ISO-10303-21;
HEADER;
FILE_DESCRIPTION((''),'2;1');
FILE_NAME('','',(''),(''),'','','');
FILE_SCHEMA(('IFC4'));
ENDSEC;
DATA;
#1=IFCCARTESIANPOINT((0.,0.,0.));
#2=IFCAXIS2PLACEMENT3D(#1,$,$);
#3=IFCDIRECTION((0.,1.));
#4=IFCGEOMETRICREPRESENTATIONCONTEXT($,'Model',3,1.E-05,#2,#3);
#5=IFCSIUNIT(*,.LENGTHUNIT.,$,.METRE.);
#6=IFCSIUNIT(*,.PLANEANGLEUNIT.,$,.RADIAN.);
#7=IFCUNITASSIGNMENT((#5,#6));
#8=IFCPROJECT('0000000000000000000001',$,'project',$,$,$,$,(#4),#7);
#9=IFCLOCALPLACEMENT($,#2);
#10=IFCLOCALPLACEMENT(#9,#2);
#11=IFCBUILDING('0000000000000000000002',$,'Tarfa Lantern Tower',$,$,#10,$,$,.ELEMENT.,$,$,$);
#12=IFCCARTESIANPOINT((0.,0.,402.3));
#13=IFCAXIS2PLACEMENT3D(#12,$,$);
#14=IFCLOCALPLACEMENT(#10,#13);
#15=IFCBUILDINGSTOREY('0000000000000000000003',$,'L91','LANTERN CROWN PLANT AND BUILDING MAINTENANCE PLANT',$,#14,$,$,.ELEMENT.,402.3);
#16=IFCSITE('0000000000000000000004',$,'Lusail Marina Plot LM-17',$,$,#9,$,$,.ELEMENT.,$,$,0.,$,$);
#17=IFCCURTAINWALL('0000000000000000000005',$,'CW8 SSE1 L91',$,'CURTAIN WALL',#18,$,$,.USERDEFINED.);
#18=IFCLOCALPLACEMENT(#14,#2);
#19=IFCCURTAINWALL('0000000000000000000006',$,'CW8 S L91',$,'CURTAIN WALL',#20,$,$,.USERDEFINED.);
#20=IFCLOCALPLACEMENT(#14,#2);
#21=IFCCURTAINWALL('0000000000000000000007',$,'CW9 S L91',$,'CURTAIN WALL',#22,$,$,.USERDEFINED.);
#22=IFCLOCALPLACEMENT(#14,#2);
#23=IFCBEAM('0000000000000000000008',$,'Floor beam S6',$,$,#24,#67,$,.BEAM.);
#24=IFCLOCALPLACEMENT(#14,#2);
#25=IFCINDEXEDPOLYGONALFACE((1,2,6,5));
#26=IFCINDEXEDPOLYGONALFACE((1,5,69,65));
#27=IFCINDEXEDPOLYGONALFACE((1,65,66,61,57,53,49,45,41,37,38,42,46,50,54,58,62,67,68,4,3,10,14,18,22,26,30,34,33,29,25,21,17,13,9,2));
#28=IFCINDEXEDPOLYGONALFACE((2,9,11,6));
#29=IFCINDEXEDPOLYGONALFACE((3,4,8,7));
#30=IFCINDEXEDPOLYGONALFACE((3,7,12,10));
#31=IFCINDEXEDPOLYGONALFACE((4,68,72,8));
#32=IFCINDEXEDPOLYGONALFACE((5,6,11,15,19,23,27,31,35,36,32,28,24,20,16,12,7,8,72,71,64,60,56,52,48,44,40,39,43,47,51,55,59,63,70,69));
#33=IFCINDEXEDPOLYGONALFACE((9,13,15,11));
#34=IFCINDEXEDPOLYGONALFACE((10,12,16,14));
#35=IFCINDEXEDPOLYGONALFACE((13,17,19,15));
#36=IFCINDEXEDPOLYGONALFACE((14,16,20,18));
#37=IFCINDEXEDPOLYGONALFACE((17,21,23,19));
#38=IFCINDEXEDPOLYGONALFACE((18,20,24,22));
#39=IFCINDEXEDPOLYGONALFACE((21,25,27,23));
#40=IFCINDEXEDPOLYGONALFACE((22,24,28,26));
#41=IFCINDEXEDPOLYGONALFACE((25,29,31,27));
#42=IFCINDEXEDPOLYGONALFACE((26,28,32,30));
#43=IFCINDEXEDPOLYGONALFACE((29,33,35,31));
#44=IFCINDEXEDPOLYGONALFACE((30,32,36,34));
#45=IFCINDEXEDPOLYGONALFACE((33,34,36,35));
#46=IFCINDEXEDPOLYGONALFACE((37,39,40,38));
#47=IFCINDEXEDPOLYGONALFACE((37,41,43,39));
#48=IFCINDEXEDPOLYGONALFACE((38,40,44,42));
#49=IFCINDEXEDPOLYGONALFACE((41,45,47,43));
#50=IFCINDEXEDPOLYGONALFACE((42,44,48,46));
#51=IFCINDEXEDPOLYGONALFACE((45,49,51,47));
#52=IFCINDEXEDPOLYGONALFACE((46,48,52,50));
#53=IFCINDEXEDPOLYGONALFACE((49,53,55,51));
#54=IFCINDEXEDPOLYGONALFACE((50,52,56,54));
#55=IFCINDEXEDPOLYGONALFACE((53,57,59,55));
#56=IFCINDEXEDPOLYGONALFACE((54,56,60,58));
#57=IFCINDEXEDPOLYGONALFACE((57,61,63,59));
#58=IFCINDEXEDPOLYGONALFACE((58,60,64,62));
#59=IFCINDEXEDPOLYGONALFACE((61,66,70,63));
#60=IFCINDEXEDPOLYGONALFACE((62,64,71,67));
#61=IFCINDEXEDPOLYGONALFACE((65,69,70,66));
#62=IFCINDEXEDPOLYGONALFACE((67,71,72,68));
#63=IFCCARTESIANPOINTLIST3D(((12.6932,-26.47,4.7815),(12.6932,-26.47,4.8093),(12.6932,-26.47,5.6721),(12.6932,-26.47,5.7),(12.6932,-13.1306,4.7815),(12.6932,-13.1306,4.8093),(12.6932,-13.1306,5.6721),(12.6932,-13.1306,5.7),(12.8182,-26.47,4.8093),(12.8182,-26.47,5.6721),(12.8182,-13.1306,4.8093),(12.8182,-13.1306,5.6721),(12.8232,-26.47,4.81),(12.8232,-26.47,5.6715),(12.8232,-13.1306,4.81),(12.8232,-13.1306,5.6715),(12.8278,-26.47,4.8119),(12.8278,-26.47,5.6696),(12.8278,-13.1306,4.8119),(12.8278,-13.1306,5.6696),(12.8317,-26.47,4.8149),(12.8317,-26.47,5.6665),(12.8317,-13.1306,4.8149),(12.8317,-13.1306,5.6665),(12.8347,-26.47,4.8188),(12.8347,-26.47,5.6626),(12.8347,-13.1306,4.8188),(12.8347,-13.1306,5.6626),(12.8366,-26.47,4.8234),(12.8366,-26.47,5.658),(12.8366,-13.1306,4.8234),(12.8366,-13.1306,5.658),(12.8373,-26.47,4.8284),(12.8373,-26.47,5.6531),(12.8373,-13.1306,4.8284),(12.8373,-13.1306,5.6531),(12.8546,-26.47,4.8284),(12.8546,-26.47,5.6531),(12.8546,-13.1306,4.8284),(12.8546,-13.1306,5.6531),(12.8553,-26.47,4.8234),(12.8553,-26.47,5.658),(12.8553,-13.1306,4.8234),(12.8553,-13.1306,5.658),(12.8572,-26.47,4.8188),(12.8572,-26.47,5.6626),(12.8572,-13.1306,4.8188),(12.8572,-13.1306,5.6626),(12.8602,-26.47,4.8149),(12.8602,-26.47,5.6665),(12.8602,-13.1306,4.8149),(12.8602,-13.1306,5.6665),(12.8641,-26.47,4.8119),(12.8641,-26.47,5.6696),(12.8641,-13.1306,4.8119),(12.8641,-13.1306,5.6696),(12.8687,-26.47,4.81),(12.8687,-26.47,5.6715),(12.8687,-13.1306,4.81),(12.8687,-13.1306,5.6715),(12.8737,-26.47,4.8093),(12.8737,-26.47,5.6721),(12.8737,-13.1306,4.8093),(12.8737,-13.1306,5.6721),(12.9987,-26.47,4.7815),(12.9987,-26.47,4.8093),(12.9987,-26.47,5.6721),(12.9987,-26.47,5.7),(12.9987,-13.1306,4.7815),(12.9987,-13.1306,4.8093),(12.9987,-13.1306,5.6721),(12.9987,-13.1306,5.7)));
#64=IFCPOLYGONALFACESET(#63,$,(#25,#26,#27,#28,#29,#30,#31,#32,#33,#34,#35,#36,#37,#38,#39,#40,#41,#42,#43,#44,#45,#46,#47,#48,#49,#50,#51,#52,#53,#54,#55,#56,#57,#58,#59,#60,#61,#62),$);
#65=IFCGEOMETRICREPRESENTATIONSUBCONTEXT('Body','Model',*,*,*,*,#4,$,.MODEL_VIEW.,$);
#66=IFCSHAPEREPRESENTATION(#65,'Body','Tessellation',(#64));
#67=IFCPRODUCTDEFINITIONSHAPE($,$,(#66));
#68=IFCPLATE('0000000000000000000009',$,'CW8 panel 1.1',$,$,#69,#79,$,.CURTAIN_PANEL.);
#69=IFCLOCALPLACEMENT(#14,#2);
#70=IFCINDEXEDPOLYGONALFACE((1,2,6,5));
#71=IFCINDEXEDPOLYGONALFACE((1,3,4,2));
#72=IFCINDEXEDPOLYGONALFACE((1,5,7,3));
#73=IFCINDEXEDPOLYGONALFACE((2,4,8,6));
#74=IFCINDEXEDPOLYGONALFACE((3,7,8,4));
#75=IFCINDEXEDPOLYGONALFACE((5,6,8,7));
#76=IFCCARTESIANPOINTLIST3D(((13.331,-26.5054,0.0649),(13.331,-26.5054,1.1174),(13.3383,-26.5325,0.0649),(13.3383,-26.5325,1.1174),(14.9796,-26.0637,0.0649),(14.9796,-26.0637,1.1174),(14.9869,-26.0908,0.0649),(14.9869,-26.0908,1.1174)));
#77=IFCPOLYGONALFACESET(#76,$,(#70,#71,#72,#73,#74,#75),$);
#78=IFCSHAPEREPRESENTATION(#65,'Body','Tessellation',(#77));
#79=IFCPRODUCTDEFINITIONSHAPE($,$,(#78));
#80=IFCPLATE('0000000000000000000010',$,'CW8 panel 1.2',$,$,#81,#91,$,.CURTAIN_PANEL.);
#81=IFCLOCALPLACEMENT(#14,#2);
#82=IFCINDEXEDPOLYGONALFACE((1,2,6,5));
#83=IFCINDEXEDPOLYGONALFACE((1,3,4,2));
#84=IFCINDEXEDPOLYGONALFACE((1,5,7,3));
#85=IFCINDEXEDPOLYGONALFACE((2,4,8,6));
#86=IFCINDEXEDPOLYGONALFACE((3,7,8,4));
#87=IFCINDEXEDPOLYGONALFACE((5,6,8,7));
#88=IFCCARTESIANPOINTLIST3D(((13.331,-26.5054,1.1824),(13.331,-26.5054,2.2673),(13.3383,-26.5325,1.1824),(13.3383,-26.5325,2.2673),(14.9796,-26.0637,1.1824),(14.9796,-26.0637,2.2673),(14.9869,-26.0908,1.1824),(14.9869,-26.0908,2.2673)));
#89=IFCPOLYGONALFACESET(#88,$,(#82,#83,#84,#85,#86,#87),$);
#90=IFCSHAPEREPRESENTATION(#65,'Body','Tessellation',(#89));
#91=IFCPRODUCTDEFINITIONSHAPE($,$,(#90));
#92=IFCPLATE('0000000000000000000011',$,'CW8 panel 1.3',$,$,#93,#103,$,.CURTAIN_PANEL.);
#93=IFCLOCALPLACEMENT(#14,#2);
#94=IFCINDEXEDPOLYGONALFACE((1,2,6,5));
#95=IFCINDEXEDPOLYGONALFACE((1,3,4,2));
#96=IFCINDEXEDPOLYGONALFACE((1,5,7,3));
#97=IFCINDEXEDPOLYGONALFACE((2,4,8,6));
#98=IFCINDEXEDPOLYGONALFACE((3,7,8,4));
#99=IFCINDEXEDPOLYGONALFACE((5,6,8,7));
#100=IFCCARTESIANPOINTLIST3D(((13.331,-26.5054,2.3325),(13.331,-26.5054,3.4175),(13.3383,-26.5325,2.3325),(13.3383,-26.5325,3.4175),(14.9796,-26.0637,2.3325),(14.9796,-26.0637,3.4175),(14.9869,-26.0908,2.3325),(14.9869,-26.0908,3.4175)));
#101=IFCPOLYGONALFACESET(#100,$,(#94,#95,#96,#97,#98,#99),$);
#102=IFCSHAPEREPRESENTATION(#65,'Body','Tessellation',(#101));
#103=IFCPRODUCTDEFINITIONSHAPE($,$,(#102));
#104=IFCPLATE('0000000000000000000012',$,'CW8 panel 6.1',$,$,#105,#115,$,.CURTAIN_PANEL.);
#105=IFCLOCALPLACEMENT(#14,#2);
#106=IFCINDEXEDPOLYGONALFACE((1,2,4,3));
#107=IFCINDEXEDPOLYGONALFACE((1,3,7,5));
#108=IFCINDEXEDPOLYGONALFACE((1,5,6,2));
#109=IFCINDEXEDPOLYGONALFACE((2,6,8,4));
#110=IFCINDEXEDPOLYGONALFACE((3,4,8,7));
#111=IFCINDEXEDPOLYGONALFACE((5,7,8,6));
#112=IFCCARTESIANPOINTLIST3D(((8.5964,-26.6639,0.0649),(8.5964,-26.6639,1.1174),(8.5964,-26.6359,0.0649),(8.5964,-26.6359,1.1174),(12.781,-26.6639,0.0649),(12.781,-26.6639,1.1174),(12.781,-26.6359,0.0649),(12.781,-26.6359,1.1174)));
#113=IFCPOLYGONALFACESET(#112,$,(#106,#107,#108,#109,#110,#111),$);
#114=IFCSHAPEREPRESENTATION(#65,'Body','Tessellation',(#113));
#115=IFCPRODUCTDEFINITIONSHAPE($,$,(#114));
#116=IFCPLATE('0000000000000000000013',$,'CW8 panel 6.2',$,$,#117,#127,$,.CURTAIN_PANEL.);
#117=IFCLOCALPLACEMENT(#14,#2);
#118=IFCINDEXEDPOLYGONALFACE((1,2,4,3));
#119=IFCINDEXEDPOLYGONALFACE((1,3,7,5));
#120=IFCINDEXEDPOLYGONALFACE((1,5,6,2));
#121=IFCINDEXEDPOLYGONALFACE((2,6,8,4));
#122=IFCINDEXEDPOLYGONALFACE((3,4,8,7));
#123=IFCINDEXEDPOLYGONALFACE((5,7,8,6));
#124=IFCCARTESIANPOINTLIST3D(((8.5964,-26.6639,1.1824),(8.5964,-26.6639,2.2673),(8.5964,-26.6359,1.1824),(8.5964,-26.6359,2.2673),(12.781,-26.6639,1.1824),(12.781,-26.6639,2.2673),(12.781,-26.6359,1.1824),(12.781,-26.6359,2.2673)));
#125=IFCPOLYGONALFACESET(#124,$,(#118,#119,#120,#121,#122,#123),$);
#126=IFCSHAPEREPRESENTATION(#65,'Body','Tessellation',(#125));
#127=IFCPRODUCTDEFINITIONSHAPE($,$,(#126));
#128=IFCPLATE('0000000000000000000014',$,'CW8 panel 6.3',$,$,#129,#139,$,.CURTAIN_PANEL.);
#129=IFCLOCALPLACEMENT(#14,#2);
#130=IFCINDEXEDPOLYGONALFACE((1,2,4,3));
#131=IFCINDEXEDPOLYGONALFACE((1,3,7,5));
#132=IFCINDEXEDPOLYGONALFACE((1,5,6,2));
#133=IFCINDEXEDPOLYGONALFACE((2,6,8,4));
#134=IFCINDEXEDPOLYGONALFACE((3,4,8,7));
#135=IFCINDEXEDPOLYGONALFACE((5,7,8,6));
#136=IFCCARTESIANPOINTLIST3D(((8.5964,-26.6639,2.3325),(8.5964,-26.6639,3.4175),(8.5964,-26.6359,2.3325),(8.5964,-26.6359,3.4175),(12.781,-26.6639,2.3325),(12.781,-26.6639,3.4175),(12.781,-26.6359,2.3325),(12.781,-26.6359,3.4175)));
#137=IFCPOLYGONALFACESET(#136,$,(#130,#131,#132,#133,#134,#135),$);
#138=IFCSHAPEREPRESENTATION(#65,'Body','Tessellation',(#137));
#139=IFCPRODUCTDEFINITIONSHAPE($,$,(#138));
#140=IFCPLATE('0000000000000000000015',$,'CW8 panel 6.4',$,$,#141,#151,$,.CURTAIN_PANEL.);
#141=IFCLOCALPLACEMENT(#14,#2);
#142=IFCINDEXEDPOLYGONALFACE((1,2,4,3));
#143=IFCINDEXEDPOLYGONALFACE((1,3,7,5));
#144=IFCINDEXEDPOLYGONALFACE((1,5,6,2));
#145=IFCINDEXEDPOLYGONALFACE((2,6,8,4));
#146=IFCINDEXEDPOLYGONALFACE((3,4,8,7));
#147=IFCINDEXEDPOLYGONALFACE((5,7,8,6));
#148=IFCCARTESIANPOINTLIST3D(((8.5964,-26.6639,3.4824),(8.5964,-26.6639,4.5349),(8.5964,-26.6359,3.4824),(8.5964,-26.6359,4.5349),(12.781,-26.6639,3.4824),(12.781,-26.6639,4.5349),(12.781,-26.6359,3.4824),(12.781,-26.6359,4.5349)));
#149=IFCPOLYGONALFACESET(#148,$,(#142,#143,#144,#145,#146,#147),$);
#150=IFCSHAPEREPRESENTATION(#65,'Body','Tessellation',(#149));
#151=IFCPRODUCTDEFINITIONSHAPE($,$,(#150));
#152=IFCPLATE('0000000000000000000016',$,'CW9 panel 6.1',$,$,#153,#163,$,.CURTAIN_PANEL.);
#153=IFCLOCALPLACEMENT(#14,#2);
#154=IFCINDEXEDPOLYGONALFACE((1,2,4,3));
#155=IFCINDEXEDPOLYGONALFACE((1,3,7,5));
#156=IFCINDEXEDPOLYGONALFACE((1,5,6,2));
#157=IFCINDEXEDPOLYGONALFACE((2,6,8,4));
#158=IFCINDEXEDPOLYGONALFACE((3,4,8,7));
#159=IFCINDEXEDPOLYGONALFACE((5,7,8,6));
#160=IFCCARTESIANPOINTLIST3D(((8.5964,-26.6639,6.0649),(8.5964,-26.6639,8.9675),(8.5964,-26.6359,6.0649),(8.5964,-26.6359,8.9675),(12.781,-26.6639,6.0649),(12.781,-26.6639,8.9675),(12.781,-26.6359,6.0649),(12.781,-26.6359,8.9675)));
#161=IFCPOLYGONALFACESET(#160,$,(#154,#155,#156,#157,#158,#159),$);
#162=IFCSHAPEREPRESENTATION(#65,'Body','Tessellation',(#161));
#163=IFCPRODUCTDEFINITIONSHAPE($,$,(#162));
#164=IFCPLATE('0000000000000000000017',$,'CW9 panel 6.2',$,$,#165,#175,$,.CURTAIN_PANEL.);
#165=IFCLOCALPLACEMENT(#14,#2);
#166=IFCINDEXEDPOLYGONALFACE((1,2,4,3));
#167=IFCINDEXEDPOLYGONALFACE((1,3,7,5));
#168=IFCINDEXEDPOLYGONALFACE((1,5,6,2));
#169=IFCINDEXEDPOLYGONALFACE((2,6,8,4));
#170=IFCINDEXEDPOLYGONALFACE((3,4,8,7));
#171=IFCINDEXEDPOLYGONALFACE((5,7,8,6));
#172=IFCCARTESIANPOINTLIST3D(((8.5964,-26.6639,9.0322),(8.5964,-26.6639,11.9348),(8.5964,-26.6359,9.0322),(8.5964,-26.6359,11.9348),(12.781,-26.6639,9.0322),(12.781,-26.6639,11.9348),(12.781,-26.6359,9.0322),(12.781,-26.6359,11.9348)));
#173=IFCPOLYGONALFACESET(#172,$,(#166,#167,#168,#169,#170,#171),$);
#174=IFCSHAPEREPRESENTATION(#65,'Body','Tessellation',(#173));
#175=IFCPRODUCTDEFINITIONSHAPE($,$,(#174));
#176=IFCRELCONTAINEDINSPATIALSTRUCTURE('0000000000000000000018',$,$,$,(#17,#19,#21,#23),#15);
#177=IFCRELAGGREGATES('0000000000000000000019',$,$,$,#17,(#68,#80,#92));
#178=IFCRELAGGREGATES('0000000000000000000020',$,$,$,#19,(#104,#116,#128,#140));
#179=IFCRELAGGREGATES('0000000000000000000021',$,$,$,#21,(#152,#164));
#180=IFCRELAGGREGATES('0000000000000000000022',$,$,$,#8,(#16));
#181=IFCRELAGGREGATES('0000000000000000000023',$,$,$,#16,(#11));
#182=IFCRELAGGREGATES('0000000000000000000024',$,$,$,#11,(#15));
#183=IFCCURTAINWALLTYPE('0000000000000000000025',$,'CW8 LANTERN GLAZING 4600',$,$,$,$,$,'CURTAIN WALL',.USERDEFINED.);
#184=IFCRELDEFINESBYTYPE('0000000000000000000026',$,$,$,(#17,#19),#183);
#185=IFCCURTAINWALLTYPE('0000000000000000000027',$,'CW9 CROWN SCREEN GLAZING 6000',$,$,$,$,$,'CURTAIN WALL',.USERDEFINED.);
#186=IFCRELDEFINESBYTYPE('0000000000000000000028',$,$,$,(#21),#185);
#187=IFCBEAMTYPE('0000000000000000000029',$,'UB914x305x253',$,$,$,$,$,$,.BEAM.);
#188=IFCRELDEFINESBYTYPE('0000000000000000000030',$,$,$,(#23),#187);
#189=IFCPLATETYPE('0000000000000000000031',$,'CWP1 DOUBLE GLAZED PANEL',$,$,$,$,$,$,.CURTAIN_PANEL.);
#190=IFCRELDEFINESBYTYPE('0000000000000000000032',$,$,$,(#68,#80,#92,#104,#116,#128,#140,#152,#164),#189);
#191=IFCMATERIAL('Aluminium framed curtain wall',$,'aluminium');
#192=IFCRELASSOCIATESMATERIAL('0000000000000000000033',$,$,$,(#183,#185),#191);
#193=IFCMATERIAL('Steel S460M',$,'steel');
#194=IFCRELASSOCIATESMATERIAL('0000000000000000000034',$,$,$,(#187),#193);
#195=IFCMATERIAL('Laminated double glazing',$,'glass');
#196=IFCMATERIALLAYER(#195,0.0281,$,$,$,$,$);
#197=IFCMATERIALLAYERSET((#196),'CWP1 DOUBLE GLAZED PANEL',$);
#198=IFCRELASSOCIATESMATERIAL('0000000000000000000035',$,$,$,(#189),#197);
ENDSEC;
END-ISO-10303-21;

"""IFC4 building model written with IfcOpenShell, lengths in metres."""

from ifc_helpers import new_model, si_unit, direction, frame, origin, origin_2d, place, context, subcontext, project, spatial, rectangle, i_section, extrude, material, layer, layer_set, material_profile, profile_set, type_object, element, aggregate, save


model = new_model("IFC4")

# Units and contexts
model_context = context("Model", 3, precision=1e-05, world=origin(), true_north=direction((0.0, 1.0)))
body_context = subcontext(model_context, "Body", "Model", "MODEL_VIEW")
ifc_project = project(units=[si_unit("LENGTHUNIT", "METRE"), si_unit("PLANEANGLEUNIT", "RADIAN")], contexts=[model_context])

# Site, building, storey
site_placement = place(None, origin())
site = spatial("IfcSite", under=ifc_project, at=site_placement, Name="Lusail Marina Plot LM-17", CompositionType="ELEMENT", RefElevation=0.0)
building_placement = place(site_placement, origin())
building = spatial("IfcBuilding", under=site, at=building_placement, Name="Tarfa Lantern Tower", CompositionType="ELEMENT")
storey_placement = place(building_placement, frame((0.0, 0.0, 402.3)))
storey = spatial("IfcBuildingStorey", under=building, at=storey_placement, Name="L91", Description="LANTERN CROWN PLANT AND BUILDING MAINTENANCE PLANT", CompositionType="ELEMENT", Elevation=402.3)

# Curtain walls
ifc_material_1 = material(Name="Aluminium framed curtain wall", Category="aluminium")
curtain_wall_type_1 = type_object("IfcCurtainWallType", Name="CW8 LANTERN GLAZING 4600", ElementType="CURTAIN WALL", PredefinedType="USERDEFINED", material=ifc_material_1)
curtain_wall_1_placement = place(storey_placement, origin())
curtain_wall_1 = element("IfcCurtainWall", 1, at=curtain_wall_1_placement, inside=storey, type_object=curtain_wall_type_1, Name="CW8 SSE1 L91", ObjectType="CURTAIN WALL", PredefinedType="USERDEFINED")
curtain_wall_2_placement = place(storey_placement, origin())
curtain_wall_2 = element("IfcCurtainWall", 2, at=curtain_wall_2_placement, inside=storey, type_object=curtain_wall_type_1, Name="CW8 S L91", ObjectType="CURTAIN WALL", PredefinedType="USERDEFINED")
curtain_wall_type_2 = type_object("IfcCurtainWallType", Name="CW9 CROWN SCREEN GLAZING 6000", ElementType="CURTAIN WALL", PredefinedType="USERDEFINED", material=ifc_material_1)
curtain_wall_3_placement = place(storey_placement, origin())
curtain_wall_3 = element("IfcCurtainWall", 3, at=curtain_wall_3_placement, inside=storey, type_object=curtain_wall_type_2, Name="CW9 S L91", ObjectType="CURTAIN WALL", PredefinedType="USERDEFINED")

# Beam
ifc_material_2 = material(Name="Steel S460M", Category="steel")
ifc_material_profile_1 = material_profile(ifc_material_2, i_section(OverallWidth=0.3054, OverallDepth=0.9185, WebThickness=0.0173, FlangeThickness=0.0278, FilletRadius=0.019, at=origin_2d()), Name="UB914x305x253")
ifc_profile_set_1 = profile_set([ifc_material_profile_1], Name="Steel S460M")
beam_type_1 = type_object("IfcBeamType", Name="UB914x305x253", PredefinedType="BEAM", material=ifc_profile_set_1)
beam_1_placement = place(storey_placement, frame((12.8459, -26.47, 5.2407), z_axis=(0.0, 1.0, 0.0), x_axis=(-1.0, 0.0, 0.0)))
element("IfcBeam", 4, at=beam_1_placement, inside=storey, type_object=beam_type_1, Name="Floor beam S6", PredefinedType="BEAM", context=body_context, shape_type="SweptSolid", body=[
    extrude(i_section(OverallWidth=0.3054, OverallDepth=0.9185, WebThickness=0.0173, FlangeThickness=0.0278, FilletRadius=0.019, at=origin_2d()), origin(), (0.0, 0.0, 1.0), 13.3394),
])

# Plates
ifc_material_3 = material(Name="Laminated double glazing", Category="glass")
ifc_layer = layer(ifc_material_3, 0.0281)
ifc_layer_set = layer_set([ifc_layer], Name="CWP1 DOUBLE GLAZED PANEL")
plate_type = type_object("IfcPlateType", Name="CWP1 DOUBLE GLAZED PANEL", PredefinedType="CURTAIN_PANEL", material=ifc_layer_set)
plate_1_placement = place(storey_placement, frame((14.1589, -26.2981, 0.0649), z_axis=(0.0, 0.0, 1.0), x_axis=(0.965926, 0.258819, 0.0)))
plate_1 = element("IfcPlate", 5, at=plate_1_placement, type_object=plate_type, Name="CW8 panel 1.1", PredefinedType="CURTAIN_PANEL", context=body_context, shape_type="SweptSolid", body=[
    extrude(rectangle(XDim=1.7068, YDim=0.0281, at=origin_2d()), origin(), (0.0, 0.0, 1.0), 1.0525),
])
plate_2_placement = place(storey_placement, frame((14.1589, -26.2981, 1.1824), z_axis=(0.0, 0.0, 1.0), x_axis=(0.965926, 0.258819, 0.0)))
plate_2 = element("IfcPlate", 6, at=plate_2_placement, type_object=plate_type, Name="CW8 panel 1.2", PredefinedType="CURTAIN_PANEL", context=body_context, shape_type="SweptSolid", body=[
    extrude(rectangle(XDim=1.7068, YDim=0.0281, at=origin_2d()), origin(), (0.0, 0.0, 1.0), 1.085),
])
plate_3_placement = place(storey_placement, frame((14.1589, -26.2981, 2.3325), z_axis=(0.0, 0.0, 1.0), x_axis=(0.965926, 0.258819, 0.0)))
plate_3 = element("IfcPlate", 7, at=plate_3_placement, type_object=plate_type, Name="CW8 panel 1.3", PredefinedType="CURTAIN_PANEL", context=body_context, shape_type="SweptSolid", body=[
    extrude(rectangle(XDim=1.7068, YDim=0.0281, at=origin_2d()), origin(), (0.0, 0.0, 1.0), 1.085),
])
aggregate(curtain_wall_1, [plate_1, plate_2, plate_3])
plate_4_placement = place(storey_placement, frame((10.6887, -26.6499, 0.0649), z_axis=(0.0, 0.0, 1.0), x_axis=(1.0, 0.0, 0.0)))
plate_4 = element("IfcPlate", 8, at=plate_4_placement, type_object=plate_type, Name="CW8 panel 6.1", PredefinedType="CURTAIN_PANEL", context=body_context, shape_type="SweptSolid", body=[
    extrude(rectangle(XDim=4.1846, YDim=0.0281, at=origin_2d()), origin(), (0.0, 0.0, 1.0), 1.0525),
])
plate_5_placement = place(storey_placement, frame((10.6887, -26.6499, 1.1824), z_axis=(0.0, 0.0, 1.0), x_axis=(1.0, 0.0, 0.0)))
plate_5 = element("IfcPlate", 9, at=plate_5_placement, type_object=plate_type, Name="CW8 panel 6.2", PredefinedType="CURTAIN_PANEL", context=body_context, shape_type="SweptSolid", body=[
    extrude(rectangle(XDim=4.1846, YDim=0.0281, at=origin_2d()), origin(), (0.0, 0.0, 1.0), 1.085),
])
plate_6_placement = place(storey_placement, frame((10.6887, -26.6499, 2.3325), z_axis=(0.0, 0.0, 1.0), x_axis=(1.0, 0.0, 0.0)))
plate_6 = element("IfcPlate", 10, at=plate_6_placement, type_object=plate_type, Name="CW8 panel 6.3", PredefinedType="CURTAIN_PANEL", context=body_context, shape_type="SweptSolid", body=[
    extrude(rectangle(XDim=4.1846, YDim=0.0281, at=origin_2d()), origin(), (0.0, 0.0, 1.0), 1.085),
])
plate_7_placement = place(storey_placement, frame((10.6887, -26.6499, 3.4824), z_axis=(0.0, 0.0, 1.0), x_axis=(1.0, 0.0, 0.0)))
plate_7 = element("IfcPlate", 11, at=plate_7_placement, type_object=plate_type, Name="CW8 panel 6.4", PredefinedType="CURTAIN_PANEL", context=body_context, shape_type="SweptSolid", body=[
    extrude(rectangle(XDim=4.1846, YDim=0.0281, at=origin_2d()), origin(), (0.0, 0.0, 1.0), 1.0525),
])
aggregate(curtain_wall_2, [plate_4, plate_5, plate_6, plate_7])
plate_8_placement = place(storey_placement, frame((10.6887, -26.6499, 6.0649), z_axis=(0.0, 0.0, 1.0), x_axis=(1.0, 0.0, 0.0)))
plate_8 = element("IfcPlate", 12, at=plate_8_placement, type_object=plate_type, Name="CW9 panel 6.1", PredefinedType="CURTAIN_PANEL", context=body_context, shape_type="SweptSolid", body=[
    extrude(rectangle(XDim=4.1846, YDim=0.0281, at=origin_2d()), origin(), (0.0, 0.0, 1.0), 2.9026),
])
plate_9_placement = place(storey_placement, frame((10.6887, -26.6499, 9.0322), z_axis=(0.0, 0.0, 1.0), x_axis=(1.0, 0.0, 0.0)))
plate_9 = element("IfcPlate", 13, at=plate_9_placement, type_object=plate_type, Name="CW9 panel 6.2", PredefinedType="CURTAIN_PANEL", context=body_context, shape_type="SweptSolid", body=[
    extrude(rectangle(XDim=4.1846, YDim=0.0281, at=origin_2d()), origin(), (0.0, 0.0, 1.0), 2.9026),
])
aggregate(curtain_wall_3, [plate_8, plate_9])

save(model, "model.ifc")
